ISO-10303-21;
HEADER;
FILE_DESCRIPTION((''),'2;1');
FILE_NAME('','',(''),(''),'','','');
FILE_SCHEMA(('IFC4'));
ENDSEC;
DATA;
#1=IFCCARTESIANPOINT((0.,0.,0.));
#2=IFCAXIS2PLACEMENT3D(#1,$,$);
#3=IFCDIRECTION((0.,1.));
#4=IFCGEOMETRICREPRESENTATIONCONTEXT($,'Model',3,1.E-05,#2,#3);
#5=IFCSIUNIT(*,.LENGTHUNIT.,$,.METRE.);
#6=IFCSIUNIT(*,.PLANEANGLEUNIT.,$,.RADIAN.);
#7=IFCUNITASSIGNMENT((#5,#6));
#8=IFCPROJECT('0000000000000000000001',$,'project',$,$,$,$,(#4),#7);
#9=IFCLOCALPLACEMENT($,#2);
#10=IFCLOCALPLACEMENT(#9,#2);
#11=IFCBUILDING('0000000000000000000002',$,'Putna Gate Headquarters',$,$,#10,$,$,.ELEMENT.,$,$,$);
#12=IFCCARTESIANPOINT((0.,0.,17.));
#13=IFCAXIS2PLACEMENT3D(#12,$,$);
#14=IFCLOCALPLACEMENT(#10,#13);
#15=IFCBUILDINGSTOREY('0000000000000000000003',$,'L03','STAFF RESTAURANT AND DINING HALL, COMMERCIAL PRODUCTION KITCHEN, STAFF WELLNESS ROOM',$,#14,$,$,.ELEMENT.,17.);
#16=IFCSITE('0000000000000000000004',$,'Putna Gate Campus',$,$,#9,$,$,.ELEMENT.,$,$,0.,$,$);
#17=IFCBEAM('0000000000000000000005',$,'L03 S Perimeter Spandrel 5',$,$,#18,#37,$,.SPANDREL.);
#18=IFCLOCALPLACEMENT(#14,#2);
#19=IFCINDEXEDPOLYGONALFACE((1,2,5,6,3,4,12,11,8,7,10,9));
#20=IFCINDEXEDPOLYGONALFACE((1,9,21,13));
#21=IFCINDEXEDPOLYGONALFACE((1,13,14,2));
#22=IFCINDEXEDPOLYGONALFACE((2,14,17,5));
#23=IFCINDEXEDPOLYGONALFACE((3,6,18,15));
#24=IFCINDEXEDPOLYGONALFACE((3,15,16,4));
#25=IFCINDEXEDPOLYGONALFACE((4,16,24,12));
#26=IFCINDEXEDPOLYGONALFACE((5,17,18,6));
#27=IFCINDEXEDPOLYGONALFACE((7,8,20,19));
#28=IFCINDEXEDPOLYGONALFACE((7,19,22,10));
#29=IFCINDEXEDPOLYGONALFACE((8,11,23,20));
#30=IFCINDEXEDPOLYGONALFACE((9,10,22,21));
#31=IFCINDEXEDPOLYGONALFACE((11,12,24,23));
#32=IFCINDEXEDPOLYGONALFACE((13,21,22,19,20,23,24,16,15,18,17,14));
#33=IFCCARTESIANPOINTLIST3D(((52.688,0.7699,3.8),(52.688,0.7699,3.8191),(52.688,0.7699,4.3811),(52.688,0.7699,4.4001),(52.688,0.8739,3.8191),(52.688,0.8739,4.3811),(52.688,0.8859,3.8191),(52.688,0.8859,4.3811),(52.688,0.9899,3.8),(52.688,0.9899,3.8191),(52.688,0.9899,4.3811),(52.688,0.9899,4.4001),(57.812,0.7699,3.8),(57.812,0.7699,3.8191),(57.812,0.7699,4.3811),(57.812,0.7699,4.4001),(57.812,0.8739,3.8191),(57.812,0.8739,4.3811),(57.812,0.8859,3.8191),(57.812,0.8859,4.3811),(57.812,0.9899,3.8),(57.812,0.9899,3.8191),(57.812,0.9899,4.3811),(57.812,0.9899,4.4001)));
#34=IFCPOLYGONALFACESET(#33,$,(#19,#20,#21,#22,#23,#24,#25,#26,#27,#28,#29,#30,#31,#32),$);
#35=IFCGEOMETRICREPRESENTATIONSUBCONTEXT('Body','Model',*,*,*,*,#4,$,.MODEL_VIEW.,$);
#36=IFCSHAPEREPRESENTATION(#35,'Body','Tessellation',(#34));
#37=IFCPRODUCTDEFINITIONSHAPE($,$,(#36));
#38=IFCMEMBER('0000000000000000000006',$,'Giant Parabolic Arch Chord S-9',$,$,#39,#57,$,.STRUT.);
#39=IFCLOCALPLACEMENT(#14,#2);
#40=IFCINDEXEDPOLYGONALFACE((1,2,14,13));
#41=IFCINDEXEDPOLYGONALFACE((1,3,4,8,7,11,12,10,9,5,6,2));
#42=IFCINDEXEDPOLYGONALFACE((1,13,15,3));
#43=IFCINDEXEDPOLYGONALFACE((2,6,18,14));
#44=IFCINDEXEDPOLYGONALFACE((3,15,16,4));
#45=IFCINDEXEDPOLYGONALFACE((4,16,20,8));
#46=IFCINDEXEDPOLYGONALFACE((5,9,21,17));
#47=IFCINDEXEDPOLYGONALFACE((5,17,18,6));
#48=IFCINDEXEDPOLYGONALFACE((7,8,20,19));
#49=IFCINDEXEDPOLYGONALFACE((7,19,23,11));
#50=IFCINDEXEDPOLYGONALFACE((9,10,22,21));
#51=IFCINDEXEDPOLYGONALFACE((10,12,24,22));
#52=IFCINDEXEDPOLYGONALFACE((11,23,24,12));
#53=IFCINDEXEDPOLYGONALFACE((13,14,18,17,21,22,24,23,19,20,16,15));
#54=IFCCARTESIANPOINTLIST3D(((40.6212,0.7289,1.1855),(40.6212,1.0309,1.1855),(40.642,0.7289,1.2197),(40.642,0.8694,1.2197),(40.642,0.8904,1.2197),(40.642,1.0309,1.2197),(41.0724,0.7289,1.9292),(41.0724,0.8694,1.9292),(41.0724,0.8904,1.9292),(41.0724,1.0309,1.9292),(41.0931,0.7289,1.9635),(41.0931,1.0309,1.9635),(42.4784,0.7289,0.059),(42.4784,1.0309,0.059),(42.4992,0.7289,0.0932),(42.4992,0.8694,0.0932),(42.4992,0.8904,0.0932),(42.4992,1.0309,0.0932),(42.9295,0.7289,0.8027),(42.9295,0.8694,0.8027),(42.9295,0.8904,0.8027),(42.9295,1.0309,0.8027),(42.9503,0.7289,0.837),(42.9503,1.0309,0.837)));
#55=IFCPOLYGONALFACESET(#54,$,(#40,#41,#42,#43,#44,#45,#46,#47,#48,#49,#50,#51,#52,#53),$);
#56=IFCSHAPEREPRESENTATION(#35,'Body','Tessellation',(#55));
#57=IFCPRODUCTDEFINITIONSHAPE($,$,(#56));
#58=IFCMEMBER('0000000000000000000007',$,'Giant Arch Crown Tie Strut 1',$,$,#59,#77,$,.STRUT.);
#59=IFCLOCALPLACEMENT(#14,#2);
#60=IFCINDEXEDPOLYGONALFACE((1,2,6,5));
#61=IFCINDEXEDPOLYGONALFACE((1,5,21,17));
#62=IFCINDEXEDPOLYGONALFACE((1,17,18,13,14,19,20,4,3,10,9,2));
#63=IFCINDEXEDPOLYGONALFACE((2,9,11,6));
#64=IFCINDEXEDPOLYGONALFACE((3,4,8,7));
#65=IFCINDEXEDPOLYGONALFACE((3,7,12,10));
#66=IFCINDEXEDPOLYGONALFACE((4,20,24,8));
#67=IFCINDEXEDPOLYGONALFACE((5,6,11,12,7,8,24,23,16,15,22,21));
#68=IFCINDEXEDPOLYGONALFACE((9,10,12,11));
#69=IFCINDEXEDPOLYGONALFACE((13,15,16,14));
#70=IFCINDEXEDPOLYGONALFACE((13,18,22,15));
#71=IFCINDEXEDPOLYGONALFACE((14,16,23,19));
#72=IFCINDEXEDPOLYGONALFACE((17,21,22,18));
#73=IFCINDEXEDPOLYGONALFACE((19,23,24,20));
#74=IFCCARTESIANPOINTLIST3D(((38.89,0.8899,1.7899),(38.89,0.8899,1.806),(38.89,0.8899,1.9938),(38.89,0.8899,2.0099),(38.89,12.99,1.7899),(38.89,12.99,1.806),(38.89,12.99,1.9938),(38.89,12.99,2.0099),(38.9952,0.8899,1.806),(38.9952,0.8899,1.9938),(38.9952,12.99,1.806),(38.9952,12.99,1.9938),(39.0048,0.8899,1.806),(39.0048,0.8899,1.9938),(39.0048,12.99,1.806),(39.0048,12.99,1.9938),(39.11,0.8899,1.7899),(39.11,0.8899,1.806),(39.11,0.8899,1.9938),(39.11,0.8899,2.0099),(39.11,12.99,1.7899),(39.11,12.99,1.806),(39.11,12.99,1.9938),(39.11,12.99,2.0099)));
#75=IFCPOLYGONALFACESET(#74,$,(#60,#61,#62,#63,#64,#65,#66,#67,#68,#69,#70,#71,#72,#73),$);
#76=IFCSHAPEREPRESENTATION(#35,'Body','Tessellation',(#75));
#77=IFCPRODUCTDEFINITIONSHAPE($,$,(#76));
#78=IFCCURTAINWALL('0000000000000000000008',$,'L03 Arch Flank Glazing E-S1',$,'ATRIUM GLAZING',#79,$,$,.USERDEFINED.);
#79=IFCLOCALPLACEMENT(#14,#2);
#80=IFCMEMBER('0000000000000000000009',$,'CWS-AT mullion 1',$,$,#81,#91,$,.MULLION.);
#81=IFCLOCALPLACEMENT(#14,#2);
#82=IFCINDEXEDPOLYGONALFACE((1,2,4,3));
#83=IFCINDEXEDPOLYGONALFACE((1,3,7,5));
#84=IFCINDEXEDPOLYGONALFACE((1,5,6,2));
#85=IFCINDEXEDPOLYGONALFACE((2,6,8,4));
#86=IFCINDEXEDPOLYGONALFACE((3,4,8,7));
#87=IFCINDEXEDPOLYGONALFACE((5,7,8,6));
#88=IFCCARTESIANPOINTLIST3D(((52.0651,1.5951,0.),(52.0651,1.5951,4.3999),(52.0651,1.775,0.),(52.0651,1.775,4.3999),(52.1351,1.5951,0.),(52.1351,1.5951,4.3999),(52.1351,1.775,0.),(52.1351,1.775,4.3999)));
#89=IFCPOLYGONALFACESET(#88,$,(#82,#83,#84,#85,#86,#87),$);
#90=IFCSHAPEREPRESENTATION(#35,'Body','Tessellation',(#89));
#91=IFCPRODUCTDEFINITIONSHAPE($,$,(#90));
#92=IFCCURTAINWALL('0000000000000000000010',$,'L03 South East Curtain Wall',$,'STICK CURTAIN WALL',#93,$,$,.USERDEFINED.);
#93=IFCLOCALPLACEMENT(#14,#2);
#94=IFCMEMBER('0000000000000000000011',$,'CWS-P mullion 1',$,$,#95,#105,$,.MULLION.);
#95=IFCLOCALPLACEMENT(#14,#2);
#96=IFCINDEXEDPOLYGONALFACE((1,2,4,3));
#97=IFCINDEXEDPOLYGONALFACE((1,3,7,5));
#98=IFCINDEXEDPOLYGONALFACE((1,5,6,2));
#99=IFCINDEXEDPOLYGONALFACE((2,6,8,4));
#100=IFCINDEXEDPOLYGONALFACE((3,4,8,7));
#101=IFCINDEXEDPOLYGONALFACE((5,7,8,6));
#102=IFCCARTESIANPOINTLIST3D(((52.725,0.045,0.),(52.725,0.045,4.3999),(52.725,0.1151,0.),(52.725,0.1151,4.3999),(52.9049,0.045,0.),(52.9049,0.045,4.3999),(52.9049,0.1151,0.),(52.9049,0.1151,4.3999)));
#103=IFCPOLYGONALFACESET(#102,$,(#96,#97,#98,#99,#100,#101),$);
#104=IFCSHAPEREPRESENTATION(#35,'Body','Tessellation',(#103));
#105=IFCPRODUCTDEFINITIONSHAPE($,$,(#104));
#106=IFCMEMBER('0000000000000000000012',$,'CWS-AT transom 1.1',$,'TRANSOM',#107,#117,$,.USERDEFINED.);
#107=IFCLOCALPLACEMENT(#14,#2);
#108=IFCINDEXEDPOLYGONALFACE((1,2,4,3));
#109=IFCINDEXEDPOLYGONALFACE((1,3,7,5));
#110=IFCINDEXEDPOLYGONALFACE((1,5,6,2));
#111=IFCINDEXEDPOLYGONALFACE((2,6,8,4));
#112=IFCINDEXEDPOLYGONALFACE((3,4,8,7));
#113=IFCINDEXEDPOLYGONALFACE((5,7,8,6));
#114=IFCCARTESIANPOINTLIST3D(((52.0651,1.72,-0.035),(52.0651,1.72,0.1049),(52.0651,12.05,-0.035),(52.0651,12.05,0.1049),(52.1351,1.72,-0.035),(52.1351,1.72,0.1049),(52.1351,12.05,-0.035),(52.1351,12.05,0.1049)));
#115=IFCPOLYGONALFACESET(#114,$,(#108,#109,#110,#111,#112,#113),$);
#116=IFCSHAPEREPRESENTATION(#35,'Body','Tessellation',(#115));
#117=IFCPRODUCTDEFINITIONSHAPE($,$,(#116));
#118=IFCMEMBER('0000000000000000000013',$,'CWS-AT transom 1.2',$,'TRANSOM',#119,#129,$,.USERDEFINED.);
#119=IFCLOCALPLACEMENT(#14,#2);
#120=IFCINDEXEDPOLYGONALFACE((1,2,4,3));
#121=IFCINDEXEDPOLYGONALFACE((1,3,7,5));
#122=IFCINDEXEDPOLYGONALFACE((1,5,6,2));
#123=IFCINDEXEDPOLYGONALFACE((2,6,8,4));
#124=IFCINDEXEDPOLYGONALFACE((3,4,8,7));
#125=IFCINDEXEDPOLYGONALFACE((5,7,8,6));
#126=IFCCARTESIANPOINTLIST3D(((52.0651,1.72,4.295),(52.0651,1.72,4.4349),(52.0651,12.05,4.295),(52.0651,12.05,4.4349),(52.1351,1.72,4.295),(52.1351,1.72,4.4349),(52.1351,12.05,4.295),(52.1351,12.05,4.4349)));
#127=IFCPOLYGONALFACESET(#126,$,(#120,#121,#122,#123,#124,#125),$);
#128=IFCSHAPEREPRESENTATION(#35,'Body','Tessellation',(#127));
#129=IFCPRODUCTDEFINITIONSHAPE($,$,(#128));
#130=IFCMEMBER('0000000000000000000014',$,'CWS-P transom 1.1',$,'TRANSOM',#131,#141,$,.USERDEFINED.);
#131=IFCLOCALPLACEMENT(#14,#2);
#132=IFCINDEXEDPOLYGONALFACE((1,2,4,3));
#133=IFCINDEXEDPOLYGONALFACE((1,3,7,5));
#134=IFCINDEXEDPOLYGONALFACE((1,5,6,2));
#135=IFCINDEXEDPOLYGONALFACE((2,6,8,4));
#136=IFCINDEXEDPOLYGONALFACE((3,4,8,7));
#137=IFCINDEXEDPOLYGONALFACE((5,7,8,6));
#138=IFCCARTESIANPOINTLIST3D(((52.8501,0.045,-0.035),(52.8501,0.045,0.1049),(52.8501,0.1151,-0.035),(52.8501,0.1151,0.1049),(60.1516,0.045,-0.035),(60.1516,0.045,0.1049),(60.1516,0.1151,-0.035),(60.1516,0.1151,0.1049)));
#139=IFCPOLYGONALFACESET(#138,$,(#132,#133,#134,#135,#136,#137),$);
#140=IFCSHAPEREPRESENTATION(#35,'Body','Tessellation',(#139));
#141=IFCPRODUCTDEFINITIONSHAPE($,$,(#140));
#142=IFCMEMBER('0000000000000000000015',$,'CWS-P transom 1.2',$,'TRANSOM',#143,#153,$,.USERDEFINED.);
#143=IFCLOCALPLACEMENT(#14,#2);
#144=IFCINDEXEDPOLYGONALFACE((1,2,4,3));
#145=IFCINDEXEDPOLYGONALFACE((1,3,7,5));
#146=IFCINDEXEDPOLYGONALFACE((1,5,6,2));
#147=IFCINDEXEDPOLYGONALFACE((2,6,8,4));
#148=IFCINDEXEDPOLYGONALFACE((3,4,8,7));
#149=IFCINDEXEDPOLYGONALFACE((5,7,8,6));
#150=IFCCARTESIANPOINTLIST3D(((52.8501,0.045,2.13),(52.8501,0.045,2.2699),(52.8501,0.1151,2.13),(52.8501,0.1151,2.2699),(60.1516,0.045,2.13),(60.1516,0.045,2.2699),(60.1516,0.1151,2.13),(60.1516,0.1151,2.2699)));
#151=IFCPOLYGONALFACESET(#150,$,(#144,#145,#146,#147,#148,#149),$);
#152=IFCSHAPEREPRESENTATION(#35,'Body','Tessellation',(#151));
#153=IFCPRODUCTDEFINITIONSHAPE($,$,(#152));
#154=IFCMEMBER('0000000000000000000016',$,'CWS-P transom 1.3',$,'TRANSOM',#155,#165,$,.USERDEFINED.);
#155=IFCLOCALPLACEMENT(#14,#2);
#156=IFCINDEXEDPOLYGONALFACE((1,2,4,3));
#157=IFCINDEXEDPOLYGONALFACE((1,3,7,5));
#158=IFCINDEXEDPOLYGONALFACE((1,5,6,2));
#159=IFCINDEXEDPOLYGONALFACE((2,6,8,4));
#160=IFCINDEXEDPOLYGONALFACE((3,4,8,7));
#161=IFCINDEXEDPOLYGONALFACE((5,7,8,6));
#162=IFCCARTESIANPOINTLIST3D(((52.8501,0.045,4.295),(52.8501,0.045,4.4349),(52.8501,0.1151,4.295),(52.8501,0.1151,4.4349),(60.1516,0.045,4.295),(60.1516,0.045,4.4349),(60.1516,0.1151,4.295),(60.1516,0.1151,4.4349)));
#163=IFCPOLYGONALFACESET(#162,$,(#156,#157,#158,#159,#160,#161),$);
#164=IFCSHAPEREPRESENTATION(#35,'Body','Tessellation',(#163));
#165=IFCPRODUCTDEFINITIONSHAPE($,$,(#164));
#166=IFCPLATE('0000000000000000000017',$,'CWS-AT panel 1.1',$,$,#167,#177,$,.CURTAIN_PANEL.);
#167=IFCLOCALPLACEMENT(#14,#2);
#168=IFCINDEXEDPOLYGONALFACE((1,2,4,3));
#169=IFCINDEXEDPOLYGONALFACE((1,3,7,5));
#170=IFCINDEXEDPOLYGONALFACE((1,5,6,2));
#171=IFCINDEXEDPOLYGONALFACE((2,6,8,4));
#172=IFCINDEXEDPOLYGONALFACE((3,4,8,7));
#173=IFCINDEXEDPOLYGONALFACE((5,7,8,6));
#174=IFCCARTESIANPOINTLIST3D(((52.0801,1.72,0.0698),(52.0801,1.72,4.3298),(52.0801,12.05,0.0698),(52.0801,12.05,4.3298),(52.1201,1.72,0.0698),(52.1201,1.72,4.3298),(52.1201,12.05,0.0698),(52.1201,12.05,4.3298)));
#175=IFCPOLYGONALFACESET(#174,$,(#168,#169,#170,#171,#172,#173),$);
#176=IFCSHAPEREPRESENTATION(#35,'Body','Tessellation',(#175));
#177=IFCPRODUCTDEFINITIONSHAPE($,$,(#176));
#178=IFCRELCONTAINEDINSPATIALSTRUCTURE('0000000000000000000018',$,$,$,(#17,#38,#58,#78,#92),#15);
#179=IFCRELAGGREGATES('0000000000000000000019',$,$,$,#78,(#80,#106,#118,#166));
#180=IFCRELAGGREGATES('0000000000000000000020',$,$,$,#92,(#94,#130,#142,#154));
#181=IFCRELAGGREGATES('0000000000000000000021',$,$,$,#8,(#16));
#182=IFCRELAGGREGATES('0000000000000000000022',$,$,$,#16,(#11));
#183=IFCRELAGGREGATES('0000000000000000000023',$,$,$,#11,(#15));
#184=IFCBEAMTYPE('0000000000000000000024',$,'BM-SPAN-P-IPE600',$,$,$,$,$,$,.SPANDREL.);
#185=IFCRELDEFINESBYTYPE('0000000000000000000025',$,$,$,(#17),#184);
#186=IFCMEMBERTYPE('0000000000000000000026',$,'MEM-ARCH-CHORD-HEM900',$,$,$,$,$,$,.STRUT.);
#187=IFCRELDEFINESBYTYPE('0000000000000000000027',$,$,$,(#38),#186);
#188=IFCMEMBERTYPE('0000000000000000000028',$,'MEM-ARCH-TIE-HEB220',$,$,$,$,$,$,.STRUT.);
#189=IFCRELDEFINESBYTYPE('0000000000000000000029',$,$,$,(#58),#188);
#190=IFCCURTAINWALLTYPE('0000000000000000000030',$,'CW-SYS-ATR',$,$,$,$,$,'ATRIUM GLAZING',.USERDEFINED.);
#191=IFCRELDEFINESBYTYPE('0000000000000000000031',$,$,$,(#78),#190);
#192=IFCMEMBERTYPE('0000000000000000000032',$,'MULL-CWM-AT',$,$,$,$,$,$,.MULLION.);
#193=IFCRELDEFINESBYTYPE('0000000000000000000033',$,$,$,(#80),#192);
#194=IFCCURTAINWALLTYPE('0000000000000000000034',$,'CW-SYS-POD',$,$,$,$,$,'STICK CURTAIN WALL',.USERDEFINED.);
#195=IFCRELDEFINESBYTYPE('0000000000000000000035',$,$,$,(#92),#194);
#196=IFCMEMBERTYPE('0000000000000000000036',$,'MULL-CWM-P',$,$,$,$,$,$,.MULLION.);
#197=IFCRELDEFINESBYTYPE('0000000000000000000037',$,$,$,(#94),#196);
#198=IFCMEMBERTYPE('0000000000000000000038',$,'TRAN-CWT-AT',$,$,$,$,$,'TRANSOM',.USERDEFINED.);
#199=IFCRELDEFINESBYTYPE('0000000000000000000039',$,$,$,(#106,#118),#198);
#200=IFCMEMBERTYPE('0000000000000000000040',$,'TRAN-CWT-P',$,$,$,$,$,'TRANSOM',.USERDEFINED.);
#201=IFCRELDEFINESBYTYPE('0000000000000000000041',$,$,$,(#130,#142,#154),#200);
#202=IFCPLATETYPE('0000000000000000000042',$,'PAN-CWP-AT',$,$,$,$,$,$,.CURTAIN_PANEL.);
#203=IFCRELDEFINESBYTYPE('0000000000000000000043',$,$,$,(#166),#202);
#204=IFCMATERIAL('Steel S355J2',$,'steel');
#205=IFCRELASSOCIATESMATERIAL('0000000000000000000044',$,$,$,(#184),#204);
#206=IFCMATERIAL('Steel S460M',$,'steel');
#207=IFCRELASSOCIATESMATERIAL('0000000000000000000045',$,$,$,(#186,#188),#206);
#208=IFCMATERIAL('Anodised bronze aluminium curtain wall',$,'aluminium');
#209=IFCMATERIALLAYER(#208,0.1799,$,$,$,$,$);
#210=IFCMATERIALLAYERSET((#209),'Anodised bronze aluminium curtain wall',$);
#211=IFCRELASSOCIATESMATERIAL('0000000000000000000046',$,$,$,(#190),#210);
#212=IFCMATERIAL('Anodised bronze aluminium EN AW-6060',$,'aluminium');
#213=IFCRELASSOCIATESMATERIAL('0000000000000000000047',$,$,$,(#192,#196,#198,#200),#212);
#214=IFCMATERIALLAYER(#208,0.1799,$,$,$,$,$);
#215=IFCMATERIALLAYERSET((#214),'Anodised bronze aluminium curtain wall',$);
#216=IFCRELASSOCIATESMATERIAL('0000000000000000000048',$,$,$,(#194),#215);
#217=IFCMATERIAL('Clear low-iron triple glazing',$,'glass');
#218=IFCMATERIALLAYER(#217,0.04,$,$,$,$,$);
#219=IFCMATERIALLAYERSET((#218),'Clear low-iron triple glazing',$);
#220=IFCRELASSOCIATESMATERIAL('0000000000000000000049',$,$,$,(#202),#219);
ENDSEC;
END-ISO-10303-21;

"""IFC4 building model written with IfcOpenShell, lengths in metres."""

from ifc_helpers import new_model, si_unit, direction, frame, origin, origin_2d, place, context, subcontext, project, spatial, rectangle, i_section, extrude, material, layer, layer_set, material_profile, profile_set, type_object, element, aggregate, save


model = new_model("IFC4")

# Units and contexts
model_context = context("Model", 3, precision=1e-05, world=origin(), true_north=direction((0.0, 1.0)))
body_context = subcontext(model_context, "Body", "Model", "MODEL_VIEW")
ifc_project = project(units=[si_unit("LENGTHUNIT", "METRE"), si_unit("PLANEANGLEUNIT", "RADIAN")], contexts=[model_context])

# Site, building, storey
site_placement = place(None, origin())
site = spatial("IfcSite", under=ifc_project, at=site_placement, Name="Putna Gate Campus", CompositionType="ELEMENT", RefElevation=0.0)
building_placement = place(site_placement, origin())
building = spatial("IfcBuilding", under=site, at=building_placement, Name="Putna Gate Headquarters", CompositionType="ELEMENT")
storey_placement = place(building_placement, frame((0.0, 0.0, 17.0)))
storey = spatial("IfcBuildingStorey", under=building, at=storey_placement, Name="L03", Description="STAFF RESTAURANT AND DINING HALL, COMMERCIAL PRODUCTION KITCHEN, STAFF WELLNESS ROOM", CompositionType="ELEMENT", Elevation=17.0)

# Beam
ifc_material_1 = material(Name="Steel S355J2", Category="steel")
ifc_material_profile_1 = material_profile(ifc_material_1, i_section(OverallWidth=0.22, OverallDepth=0.6001, WebThickness=0.012, FlangeThickness=0.019, at=origin_2d()), Name="Steel S355J2")
ifc_profile_set_1 = profile_set([ifc_material_profile_1], Name="Steel S355J2")
beam_type_1 = type_object("IfcBeamType", Name="BM-SPAN-P-IPE600", PredefinedType="SPANDREL", material=ifc_profile_set_1)
beam_1_placement = place(storey_placement, frame((52.688, 0.8799, 4.1001), z_axis=(1.0, 0.0, 0.0), x_axis=(0.0, 1.0, 0.0)))
element("IfcBeam", 1, at=beam_1_placement, inside=storey, type_object=beam_type_1, Name="L03 S Perimeter Spandrel 5", PredefinedType="SPANDREL", context=body_context, shape_type="SweptSolid", body=[
    extrude(i_section(OverallWidth=0.22, OverallDepth=0.6001, WebThickness=0.012, FlangeThickness=0.019, at=origin_2d()), origin(), (0.0, 0.0, 1.0), 5.124),
])

# Members
ifc_material_2 = material(Name="Steel S460M", Category="steel")
ifc_material_profile_2 = material_profile(ifc_material_2, i_section(OverallWidth=0.302, OverallDepth=0.9099, WebThickness=0.021, FlangeThickness=0.04, at=origin_2d()), Name="Steel S460M")
ifc_profile_set_2 = profile_set([ifc_material_profile_2], Name="Steel S460M")
member_type_1 = type_object("IfcMemberType", Name="MEM-ARCH-CHORD-HEM900", PredefinedType="STRUT", material=ifc_profile_set_2)
member_1_placement = place(storey_placement, frame((40.8572, 0.8799, 1.5745), z_axis=(0.855014, 0.0, -0.518606), x_axis=(0.0, 1.0, 0.0)))
element("IfcMember", 2, at=member_1_placement, inside=storey, type_object=member_type_1, Name="Giant Parabolic Arch Chord S-9", PredefinedType="STRUT", context=body_context, shape_type="SweptSolid", body=[
    extrude(i_section(OverallWidth=0.302, OverallDepth=0.9099, WebThickness=0.021, FlangeThickness=0.04, at=origin_2d()), origin(), (0.0, 0.0, 1.0), 2.1721),
])
ifc_material_profile_3 = material_profile(ifc_material_2, i_section(OverallWidth=0.22, OverallDepth=0.22, WebThickness=0.0095, FlangeThickness=0.0161, at=origin_2d()), Name="Steel S460M")
ifc_profile_set_3 = profile_set([ifc_material_profile_3], Name="Steel S460M")
member_type_2 = type_object("IfcMemberType", Name="MEM-ARCH-TIE-HEB220", PredefinedType="STRUT", material=ifc_profile_set_3)
member_2_placement = place(storey_placement, frame((39.0, 0.8899, 1.8999), z_axis=(0.0, 1.0, 0.0), x_axis=(-1.0, 0.0, 0.0)))
element("IfcMember", 3, at=member_2_placement, inside=storey, type_object=member_type_2, Name="Giant Arch Crown Tie Strut 1", PredefinedType="STRUT", context=body_context, shape_type="SweptSolid", body=[
    extrude(i_section(OverallWidth=0.22, OverallDepth=0.22, WebThickness=0.0095, FlangeThickness=0.0161, at=origin_2d()), origin(), (0.0, 0.0, 1.0), 12.1001),
])

# Curtain walls, members
ifc_material_3 = material(Name="Anodised bronze aluminium curtain wall", Category="aluminium")
ifc_layer_1 = layer(ifc_material_3, 0.1799)
ifc_layer_set_1 = layer_set([ifc_layer_1], Name="Anodised bronze aluminium curtain wall")
curtain_wall_type_1 = type_object("IfcCurtainWallType", Name="CW-SYS-ATR", ElementType="ATRIUM GLAZING", PredefinedType="USERDEFINED", material=ifc_layer_set_1)
curtain_wall_1_placement = place(storey_placement, origin())
curtain_wall_1 = element("IfcCurtainWall", 4, at=curtain_wall_1_placement, inside=storey, type_object=curtain_wall_type_1, Name="L03 Arch Flank Glazing E-S1", ObjectType="ATRIUM GLAZING", PredefinedType="USERDEFINED")
ifc_material_4 = material(Name="Anodised bronze aluminium EN AW-6060", Category="aluminium")
ifc_material_profile_4 = material_profile(ifc_material_4, rectangle(XDim=0.0701, YDim=0.1799, at=origin_2d()), Name="Anodised bronze aluminium EN AW-6060")
ifc_profile_set_4 = profile_set([ifc_material_profile_4], Name="Anodised bronze aluminium EN AW-6060")
member_type_3 = type_object("IfcMemberType", Name="MULL-CWM-AT", PredefinedType="MULLION", material=ifc_profile_set_4)
member_3_placement = place(storey_placement, frame((52.1001, 1.6851, 0.0), z_axis=(0.0, 0.0, 1.0), x_axis=(-1.0, 0.0, 0.0)))
member_3 = element("IfcMember", 5, at=member_3_placement, type_object=member_type_3, Name="CWS-AT mullion 1", PredefinedType="MULLION", context=body_context, shape_type="SweptSolid", body=[
    extrude(rectangle(XDim=0.0701, YDim=0.1799, at=origin_2d()), origin(), (0.0, 0.0, 1.0), 4.3999),
])
ifc_layer_2 = layer(ifc_material_3, 0.1799)
ifc_layer_set_2 = layer_set([ifc_layer_2], Name="Anodised bronze aluminium curtain wall")
curtain_wall_type_2 = type_object("IfcCurtainWallType", Name="CW-SYS-POD", ElementType="STICK CURTAIN WALL", PredefinedType="USERDEFINED", material=ifc_layer_set_2)
curtain_wall_2_placement = place(storey_placement, origin())
curtain_wall_2 = element("IfcCurtainWall", 6, at=curtain_wall_2_placement, inside=storey, type_object=curtain_wall_type_2, Name="L03 South East Curtain Wall", ObjectType="STICK CURTAIN WALL", PredefinedType="USERDEFINED")
ifc_material_profile_5 = material_profile(ifc_material_4, rectangle(XDim=0.0701, YDim=0.1799, at=origin_2d()), Name="Anodised bronze aluminium EN AW-6060")
ifc_profile_set_5 = profile_set([ifc_material_profile_5], Name="Anodised bronze aluminium EN AW-6060")
member_type_4 = type_object("IfcMemberType", Name="MULL-CWM-P", PredefinedType="MULLION", material=ifc_profile_set_5)
member_4_placement = place(storey_placement, frame((52.8149, 0.0801, 0.0), z_axis=(0.0, 0.0, 1.0), x_axis=(0.0, 1.0, 0.0)))
member_4 = element("IfcMember", 7, at=member_4_placement, type_object=member_type_4, Name="CWS-P mullion 1", PredefinedType="MULLION", context=body_context, shape_type="SweptSolid", body=[
    extrude(rectangle(XDim=0.0701, YDim=0.1799, at=origin_2d()), origin(), (0.0, 0.0, 1.0), 4.3999),
])

# Members
ifc_material_profile_6 = material_profile(ifc_material_4, rectangle(XDim=0.0701, YDim=0.1399, at=origin_2d()), Name="Anodised bronze aluminium EN AW-6060")
ifc_profile_set_6 = profile_set([ifc_material_profile_6], Name="Anodised bronze aluminium EN AW-6060")
member_type_5 = type_object("IfcMemberType", Name="TRAN-CWT-AT", ElementType="TRANSOM", PredefinedType="USERDEFINED", material=ifc_profile_set_6)
member_5_placement = place(storey_placement, frame((52.1001, 1.72, 0.0349), z_axis=(0.0, 1.0, 0.0), x_axis=(-1.0, 0.0, 0.0)))
member_5 = element("IfcMember", 8, at=member_5_placement, type_object=member_type_5, Name="CWS-AT transom 1.1", ObjectType="TRANSOM", PredefinedType="USERDEFINED", context=body_context, shape_type="SweptSolid", body=[
    extrude(rectangle(XDim=0.0701, YDim=0.1399, at=origin_2d()), origin(), (0.0, 0.0, 1.0), 10.3301),
])
member_6_placement = place(storey_placement, frame((52.1001, 1.72, 4.365), z_axis=(0.0, 1.0, 0.0), x_axis=(-1.0, 0.0, 0.0)))
member_6 = element("IfcMember", 9, at=member_6_placement, type_object=member_type_5, Name="CWS-AT transom 1.2", ObjectType="TRANSOM", PredefinedType="USERDEFINED", context=body_context, shape_type="SweptSolid", body=[
    extrude(rectangle(XDim=0.0701, YDim=0.1399, at=origin_2d()), origin(), (0.0, 0.0, 1.0), 10.3301),
])
ifc_material_profile_7 = material_profile(ifc_material_4, rectangle(XDim=0.0701, YDim=0.1399, at=origin_2d()), Name="Anodised bronze aluminium EN AW-6060")
ifc_profile_set_7 = profile_set([ifc_material_profile_7], Name="Anodised bronze aluminium EN AW-6060")
member_type_6 = type_object("IfcMemberType", Name="TRAN-CWT-P", ElementType="TRANSOM", PredefinedType="USERDEFINED", material=ifc_profile_set_7)
member_7_placement = place(storey_placement, frame((52.8501, 0.0801, 0.0349), z_axis=(1.0, 0.0, 0.0), x_axis=(0.0, 1.0, 0.0)))
member_7 = element("IfcMember", 10, at=member_7_placement, type_object=member_type_6, Name="CWS-P transom 1.1", ObjectType="TRANSOM", PredefinedType="USERDEFINED", context=body_context, shape_type="SweptSolid", body=[
    extrude(rectangle(XDim=0.0701, YDim=0.1399, at=origin_2d()), origin(), (0.0, 0.0, 1.0), 7.3015),
])
member_8_placement = place(storey_placement, frame((52.8501, 0.0801, 2.2), z_axis=(1.0, 0.0, 0.0), x_axis=(0.0, 1.0, 0.0)))
member_8 = element("IfcMember", 11, at=member_8_placement, type_object=member_type_6, Name="CWS-P transom 1.2", ObjectType="TRANSOM", PredefinedType="USERDEFINED", context=body_context, shape_type="SweptSolid", body=[
    extrude(rectangle(XDim=0.0701, YDim=0.1399, at=origin_2d()), origin(), (0.0, 0.0, 1.0), 7.3015),
])
member_9_placement = place(storey_placement, frame((52.8501, 0.0801, 4.365), z_axis=(1.0, 0.0, 0.0), x_axis=(0.0, 1.0, 0.0)))
member_9 = element("IfcMember", 12, at=member_9_placement, type_object=member_type_6, Name="CWS-P transom 1.3", ObjectType="TRANSOM", PredefinedType="USERDEFINED", context=body_context, shape_type="SweptSolid", body=[
    extrude(rectangle(XDim=0.0701, YDim=0.1399, at=origin_2d()), origin(), (0.0, 0.0, 1.0), 7.3015),
])

# Plate
ifc_material_5 = material(Name="Clear low-iron triple glazing", Category="glass")
ifc_layer_3 = layer(ifc_material_5, 0.04)
ifc_layer_set_3 = layer_set([ifc_layer_3], Name="Clear low-iron triple glazing")
plate_type_1 = type_object("IfcPlateType", Name="PAN-CWP-AT", PredefinedType="CURTAIN_PANEL", material=ifc_layer_set_3)
plate_1_placement = place(storey_placement, frame((52.1001, 6.885, 0.0698), z_axis=(0.0, 0.0, 1.0), x_axis=(0.0, 1.0, 0.0)))
plate_1 = element("IfcPlate", 13, at=plate_1_placement, type_object=plate_type_1, Name="CWS-AT panel 1.1", PredefinedType="CURTAIN_PANEL", context=body_context, shape_type="SweptSolid", body=[
    extrude(rectangle(XDim=10.3301, YDim=0.04, at=origin_2d()), origin(), (0.0, 0.0, 1.0), 4.26),
])
aggregate(curtain_wall_1, [member_3, member_5, member_6, plate_1])
aggregate(curtain_wall_2, [member_4, member_7, member_8, member_9])

save(model, "model.ifc")
